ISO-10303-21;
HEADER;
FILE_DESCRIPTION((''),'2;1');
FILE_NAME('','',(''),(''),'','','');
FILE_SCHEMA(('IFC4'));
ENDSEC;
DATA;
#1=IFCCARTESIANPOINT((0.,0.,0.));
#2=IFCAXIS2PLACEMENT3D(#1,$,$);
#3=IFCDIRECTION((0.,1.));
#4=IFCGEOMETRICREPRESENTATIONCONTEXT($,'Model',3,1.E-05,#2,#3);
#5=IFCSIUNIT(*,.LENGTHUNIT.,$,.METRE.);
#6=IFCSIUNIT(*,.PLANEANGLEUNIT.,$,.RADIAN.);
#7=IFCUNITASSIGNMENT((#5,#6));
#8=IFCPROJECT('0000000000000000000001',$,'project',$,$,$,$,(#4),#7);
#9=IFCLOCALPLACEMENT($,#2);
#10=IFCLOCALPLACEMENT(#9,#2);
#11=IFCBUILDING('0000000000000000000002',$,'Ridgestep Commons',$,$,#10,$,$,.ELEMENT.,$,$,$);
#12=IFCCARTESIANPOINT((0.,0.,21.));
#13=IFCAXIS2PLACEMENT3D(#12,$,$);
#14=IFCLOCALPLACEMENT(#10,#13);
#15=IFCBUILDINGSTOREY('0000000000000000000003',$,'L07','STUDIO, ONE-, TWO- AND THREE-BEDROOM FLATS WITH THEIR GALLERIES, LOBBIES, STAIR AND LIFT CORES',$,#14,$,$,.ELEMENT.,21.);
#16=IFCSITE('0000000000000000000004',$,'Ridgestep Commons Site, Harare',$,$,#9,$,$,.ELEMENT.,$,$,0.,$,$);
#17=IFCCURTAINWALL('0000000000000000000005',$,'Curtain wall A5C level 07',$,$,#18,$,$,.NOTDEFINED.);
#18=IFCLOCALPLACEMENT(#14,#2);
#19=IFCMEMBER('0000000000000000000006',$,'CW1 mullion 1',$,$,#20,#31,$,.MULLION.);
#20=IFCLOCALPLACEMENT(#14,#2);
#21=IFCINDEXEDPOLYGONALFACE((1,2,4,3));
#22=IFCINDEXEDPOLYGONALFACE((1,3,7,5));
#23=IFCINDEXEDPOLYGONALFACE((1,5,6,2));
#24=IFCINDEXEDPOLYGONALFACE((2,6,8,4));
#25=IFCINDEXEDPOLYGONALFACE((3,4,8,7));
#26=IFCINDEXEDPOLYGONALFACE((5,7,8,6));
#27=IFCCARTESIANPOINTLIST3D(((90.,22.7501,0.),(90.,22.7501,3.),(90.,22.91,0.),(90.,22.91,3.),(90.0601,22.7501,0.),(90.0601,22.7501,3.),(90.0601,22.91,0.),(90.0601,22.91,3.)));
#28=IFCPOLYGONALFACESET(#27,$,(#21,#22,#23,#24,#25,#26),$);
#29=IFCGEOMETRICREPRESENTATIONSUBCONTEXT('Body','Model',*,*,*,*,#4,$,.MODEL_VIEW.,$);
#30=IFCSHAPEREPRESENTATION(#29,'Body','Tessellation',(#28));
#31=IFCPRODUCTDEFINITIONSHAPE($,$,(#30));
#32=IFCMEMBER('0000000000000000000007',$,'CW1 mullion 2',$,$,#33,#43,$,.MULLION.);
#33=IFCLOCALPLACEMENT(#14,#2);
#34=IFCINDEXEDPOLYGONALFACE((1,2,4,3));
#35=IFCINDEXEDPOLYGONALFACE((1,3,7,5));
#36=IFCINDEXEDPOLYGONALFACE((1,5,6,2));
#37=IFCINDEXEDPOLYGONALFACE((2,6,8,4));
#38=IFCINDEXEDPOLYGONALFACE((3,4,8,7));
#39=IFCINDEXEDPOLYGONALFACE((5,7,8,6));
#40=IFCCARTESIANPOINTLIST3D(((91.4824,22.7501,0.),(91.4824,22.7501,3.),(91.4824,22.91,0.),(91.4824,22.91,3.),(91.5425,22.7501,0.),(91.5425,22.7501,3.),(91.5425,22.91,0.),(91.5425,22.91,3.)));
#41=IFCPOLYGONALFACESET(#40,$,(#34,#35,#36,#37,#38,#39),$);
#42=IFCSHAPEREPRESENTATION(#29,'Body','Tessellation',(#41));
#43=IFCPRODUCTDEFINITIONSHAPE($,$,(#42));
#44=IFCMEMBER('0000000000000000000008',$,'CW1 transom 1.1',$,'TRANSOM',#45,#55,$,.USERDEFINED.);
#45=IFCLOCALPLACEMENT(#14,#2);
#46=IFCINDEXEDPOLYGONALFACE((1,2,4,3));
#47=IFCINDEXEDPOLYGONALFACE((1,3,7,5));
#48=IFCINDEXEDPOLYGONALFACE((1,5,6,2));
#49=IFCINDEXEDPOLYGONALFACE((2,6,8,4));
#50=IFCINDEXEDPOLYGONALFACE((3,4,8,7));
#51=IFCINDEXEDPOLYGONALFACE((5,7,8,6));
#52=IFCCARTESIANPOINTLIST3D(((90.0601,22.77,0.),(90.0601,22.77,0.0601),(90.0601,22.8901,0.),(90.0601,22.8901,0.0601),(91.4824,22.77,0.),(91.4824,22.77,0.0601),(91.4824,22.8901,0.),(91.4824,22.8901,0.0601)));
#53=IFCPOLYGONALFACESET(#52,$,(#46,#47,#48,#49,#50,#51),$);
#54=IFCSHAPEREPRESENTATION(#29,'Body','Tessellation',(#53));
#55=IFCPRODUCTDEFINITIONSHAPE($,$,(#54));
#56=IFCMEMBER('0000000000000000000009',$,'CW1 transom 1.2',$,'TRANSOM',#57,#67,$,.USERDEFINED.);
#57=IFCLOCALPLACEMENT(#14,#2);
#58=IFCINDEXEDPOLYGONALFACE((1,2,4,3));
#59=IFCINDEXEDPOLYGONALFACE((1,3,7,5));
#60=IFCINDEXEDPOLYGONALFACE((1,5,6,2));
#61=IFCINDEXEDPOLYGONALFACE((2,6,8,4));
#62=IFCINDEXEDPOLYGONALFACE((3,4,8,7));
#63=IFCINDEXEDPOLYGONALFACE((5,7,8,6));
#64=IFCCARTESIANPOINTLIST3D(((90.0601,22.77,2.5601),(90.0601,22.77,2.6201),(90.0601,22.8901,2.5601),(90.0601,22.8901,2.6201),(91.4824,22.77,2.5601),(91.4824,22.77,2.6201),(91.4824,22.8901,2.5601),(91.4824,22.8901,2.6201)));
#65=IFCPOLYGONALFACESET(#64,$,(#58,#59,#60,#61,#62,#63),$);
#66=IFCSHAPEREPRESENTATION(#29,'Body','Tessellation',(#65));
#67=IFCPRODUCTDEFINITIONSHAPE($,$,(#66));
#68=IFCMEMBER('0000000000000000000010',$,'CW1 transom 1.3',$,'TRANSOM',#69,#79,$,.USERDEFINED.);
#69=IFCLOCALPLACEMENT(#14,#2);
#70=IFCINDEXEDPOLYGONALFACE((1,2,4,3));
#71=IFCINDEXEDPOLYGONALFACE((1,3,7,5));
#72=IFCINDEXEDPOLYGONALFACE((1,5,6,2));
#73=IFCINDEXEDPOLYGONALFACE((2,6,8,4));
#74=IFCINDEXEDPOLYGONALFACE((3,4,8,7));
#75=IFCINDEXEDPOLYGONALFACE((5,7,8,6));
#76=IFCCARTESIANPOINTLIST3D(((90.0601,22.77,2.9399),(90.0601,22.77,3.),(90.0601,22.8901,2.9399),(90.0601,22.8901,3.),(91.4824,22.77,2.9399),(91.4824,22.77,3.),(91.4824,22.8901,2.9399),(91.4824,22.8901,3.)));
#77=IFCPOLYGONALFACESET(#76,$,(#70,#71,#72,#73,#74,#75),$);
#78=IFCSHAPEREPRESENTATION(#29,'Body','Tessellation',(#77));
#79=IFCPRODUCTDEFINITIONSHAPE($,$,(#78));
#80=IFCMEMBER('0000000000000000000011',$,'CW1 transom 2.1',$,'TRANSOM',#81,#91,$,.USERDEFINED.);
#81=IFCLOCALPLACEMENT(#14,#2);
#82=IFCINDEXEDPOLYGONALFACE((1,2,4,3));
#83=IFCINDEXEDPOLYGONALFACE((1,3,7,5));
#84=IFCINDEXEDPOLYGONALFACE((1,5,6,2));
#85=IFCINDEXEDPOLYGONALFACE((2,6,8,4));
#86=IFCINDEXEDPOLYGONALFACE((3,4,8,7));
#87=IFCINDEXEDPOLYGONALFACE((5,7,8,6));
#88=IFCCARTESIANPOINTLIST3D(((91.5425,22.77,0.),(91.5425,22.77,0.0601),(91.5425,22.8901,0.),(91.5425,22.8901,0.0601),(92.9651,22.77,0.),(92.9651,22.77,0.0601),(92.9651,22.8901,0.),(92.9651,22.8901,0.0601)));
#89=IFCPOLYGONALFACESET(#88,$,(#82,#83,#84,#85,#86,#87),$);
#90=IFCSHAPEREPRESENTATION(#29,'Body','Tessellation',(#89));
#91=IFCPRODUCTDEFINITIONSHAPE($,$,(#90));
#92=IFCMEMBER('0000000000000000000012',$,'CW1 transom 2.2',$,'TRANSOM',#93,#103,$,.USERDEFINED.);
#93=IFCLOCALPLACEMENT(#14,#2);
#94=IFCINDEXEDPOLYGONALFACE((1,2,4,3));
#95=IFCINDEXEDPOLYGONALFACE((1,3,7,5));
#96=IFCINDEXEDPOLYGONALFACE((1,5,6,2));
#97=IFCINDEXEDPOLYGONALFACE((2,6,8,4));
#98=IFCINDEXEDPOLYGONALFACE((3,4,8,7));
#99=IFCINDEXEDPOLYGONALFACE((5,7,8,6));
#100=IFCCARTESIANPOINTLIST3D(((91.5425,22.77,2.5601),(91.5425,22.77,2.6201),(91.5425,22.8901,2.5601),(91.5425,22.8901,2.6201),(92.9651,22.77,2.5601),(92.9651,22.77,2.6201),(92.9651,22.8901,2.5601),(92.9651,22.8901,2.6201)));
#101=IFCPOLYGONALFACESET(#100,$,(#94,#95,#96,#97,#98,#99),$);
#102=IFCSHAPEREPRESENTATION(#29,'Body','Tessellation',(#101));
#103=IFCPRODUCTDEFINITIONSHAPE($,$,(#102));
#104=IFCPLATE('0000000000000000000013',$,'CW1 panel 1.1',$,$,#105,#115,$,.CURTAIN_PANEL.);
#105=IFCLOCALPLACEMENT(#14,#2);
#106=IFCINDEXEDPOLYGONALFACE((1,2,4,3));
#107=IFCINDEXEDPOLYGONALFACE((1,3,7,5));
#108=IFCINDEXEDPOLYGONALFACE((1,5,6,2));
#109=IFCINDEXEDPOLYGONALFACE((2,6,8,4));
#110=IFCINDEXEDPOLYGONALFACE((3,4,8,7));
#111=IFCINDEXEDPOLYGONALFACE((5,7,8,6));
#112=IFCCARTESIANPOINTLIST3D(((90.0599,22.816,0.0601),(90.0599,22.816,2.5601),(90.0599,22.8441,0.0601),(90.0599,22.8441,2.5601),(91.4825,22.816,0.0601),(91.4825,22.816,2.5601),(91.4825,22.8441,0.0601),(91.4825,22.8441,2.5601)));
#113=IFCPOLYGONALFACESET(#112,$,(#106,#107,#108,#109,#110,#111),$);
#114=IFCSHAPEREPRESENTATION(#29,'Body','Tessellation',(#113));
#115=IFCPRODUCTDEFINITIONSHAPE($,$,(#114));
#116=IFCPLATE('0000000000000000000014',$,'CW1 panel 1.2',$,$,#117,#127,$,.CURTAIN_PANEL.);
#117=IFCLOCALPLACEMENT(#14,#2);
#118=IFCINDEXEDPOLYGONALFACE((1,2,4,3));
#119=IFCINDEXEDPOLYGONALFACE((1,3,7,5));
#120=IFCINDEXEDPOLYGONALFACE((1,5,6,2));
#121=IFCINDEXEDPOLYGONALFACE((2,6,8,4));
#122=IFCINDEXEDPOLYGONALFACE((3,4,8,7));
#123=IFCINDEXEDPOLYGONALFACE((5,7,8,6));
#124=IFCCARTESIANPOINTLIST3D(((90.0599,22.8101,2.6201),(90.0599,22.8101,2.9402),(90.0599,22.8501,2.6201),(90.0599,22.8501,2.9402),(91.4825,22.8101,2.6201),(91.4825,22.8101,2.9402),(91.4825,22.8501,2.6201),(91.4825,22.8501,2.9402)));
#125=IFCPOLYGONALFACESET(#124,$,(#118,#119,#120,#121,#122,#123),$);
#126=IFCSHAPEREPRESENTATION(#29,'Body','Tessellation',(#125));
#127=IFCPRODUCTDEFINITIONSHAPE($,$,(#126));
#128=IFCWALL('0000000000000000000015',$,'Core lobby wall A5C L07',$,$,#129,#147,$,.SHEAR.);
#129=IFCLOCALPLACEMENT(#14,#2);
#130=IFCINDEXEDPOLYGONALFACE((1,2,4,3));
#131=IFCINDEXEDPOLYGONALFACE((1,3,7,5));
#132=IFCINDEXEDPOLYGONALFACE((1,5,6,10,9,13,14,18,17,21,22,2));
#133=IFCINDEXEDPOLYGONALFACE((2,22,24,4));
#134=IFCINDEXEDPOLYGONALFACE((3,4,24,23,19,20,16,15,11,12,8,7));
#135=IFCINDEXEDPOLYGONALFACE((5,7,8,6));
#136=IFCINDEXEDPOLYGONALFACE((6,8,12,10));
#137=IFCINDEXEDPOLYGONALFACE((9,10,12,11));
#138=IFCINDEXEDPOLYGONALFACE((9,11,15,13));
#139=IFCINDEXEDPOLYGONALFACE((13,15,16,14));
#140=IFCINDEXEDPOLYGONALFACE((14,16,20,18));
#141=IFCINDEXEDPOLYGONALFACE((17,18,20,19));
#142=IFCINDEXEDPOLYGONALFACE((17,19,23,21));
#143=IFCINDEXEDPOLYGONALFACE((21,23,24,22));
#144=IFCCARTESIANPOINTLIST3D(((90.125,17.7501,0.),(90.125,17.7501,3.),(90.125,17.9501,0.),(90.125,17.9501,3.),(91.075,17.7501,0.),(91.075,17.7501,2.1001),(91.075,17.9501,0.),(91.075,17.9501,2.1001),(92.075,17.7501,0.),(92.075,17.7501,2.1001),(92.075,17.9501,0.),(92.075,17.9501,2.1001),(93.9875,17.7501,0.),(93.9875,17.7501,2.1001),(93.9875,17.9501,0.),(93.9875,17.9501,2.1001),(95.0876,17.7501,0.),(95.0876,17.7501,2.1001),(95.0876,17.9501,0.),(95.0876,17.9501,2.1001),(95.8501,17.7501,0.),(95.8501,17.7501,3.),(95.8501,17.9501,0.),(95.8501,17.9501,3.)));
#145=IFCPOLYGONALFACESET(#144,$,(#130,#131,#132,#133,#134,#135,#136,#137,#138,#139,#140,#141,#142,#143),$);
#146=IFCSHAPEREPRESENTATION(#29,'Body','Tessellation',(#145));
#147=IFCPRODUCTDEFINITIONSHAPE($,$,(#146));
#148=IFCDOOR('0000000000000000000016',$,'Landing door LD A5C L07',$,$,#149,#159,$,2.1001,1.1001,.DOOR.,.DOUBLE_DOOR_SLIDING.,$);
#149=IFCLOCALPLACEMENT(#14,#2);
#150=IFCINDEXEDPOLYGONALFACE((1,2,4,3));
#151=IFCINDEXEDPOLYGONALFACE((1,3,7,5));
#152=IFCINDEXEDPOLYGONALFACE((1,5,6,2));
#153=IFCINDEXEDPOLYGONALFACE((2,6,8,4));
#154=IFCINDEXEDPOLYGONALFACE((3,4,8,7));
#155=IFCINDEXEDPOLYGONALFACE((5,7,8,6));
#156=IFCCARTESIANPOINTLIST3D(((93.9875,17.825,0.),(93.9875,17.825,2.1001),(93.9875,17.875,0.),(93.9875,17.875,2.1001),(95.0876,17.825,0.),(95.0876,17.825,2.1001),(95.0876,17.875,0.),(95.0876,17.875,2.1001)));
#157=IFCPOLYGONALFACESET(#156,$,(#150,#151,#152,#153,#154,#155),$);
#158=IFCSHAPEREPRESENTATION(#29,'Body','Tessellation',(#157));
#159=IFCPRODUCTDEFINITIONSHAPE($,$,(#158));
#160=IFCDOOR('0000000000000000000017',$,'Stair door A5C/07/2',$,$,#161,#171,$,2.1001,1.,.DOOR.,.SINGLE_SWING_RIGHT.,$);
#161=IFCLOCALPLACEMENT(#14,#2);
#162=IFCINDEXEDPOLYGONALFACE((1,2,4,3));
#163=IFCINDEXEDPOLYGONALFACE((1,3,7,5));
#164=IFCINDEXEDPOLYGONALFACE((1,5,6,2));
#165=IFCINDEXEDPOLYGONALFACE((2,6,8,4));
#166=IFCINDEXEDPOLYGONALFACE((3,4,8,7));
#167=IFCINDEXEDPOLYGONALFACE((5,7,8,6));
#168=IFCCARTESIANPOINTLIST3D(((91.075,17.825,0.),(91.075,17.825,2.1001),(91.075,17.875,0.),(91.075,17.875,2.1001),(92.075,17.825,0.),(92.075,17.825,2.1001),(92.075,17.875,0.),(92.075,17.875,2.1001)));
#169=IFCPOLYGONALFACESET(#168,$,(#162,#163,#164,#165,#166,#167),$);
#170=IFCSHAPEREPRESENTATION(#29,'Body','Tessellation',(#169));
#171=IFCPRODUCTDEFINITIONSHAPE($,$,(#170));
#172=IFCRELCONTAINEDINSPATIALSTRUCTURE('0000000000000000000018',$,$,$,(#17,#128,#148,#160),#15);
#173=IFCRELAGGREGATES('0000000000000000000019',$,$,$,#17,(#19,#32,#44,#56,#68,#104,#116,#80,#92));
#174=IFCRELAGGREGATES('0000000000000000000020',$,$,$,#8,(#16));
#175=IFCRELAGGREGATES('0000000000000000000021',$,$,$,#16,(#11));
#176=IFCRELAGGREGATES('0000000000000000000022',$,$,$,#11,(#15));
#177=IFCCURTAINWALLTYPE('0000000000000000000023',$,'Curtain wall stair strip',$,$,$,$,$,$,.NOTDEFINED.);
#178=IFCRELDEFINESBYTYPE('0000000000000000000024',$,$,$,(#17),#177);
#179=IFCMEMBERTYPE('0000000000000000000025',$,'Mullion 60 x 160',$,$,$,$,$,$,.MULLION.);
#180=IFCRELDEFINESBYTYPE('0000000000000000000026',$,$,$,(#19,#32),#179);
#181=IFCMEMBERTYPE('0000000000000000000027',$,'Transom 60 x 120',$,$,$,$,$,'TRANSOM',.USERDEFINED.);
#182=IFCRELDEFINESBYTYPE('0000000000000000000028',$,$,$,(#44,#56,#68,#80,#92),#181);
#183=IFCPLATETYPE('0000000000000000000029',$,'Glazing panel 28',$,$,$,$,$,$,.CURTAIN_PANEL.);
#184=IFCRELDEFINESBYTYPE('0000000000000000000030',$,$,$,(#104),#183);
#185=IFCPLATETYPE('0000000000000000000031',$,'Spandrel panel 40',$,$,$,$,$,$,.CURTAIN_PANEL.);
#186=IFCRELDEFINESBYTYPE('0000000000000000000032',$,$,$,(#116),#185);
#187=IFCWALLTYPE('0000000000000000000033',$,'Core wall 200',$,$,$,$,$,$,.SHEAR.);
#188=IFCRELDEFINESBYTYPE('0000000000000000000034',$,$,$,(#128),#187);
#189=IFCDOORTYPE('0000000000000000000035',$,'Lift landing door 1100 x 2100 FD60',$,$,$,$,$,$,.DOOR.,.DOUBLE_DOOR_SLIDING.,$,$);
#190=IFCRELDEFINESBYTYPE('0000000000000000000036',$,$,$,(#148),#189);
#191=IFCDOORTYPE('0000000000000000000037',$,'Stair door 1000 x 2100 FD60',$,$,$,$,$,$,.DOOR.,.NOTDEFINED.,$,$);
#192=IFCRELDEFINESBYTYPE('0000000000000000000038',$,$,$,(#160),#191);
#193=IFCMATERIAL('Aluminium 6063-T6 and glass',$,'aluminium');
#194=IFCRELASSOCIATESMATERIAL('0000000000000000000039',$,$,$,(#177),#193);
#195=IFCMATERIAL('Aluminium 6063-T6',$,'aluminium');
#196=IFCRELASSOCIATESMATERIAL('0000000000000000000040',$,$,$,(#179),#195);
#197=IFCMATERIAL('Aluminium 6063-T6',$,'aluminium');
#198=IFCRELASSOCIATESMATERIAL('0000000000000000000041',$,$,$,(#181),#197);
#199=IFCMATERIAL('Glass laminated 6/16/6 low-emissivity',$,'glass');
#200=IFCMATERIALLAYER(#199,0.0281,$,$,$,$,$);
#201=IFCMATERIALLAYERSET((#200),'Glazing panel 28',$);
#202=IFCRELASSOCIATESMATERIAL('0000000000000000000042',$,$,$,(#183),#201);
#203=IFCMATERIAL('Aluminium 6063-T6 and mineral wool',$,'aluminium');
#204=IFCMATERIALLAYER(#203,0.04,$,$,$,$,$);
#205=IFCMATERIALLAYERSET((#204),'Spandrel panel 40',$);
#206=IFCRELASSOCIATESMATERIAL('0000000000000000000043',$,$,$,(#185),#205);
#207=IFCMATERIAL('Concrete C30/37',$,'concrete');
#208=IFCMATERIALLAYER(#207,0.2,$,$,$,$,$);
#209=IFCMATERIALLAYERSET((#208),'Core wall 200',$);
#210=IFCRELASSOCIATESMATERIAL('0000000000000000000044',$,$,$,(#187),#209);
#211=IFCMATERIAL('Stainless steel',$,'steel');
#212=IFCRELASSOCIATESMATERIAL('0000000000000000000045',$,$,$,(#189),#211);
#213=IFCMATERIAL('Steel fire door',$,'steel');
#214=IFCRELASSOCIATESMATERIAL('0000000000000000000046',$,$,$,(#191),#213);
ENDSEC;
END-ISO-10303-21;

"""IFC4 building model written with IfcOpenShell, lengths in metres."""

from ifc_helpers import new_model, si_unit, direction, frame, frame_2d, origin, origin_2d, place, context, subcontext, project, spatial, rectangle, extrude, material, layer, layer_set, material_profile, profile_set, type_object, element, fill, aggregate, save


model = new_model("IFC4")

# Units and contexts
model_context = context("Model", 3, precision=1e-05, world=origin(), true_north=direction((0.0, 1.0)))
body_context = subcontext(model_context, "Body", "Model", "MODEL_VIEW")
ifc_project = project(units=[si_unit("LENGTHUNIT", "METRE"), si_unit("PLANEANGLEUNIT", "RADIAN")], contexts=[model_context])

# Site, building, storey
site_placement = place(None, origin())
site = spatial("IfcSite", under=ifc_project, at=site_placement, Name="Ridgestep Commons Site, Harare", CompositionType="ELEMENT", RefElevation=0.0)
building_placement = place(site_placement, origin())
building = spatial("IfcBuilding", under=site, at=building_placement, Name="Ridgestep Commons", CompositionType="ELEMENT")
storey_placement = place(building_placement, frame((0.0, 0.0, 21.0)))
storey = spatial("IfcBuildingStorey", under=building, at=storey_placement, Name="L07", Description="STUDIO, ONE-, TWO- AND THREE-BEDROOM FLATS WITH THEIR GALLERIES, LOBBIES, STAIR AND LIFT CORES", CompositionType="ELEMENT", Elevation=21.0)

# Curtain wall, members, plates
ifc_material_1 = material(Name="Aluminium 6063-T6 and glass", Category="aluminium")
curtain_wall_type = type_object("IfcCurtainWallType", Name="Curtain wall stair strip", PredefinedType="NOTDEFINED", material=ifc_material_1)
curtain_wall_placement = place(storey_placement, origin())
curtain_wall = element("IfcCurtainWall", 1, at=curtain_wall_placement, inside=storey, type_object=curtain_wall_type, Name="Curtain wall A5C level 07", PredefinedType="NOTDEFINED")
ifc_material_2 = material(Name="Aluminium 6063-T6", Category="aluminium")
ifc_material_profile_1 = material_profile(ifc_material_2, rectangle(XDim=0.1599, YDim=0.0601, at=origin_2d()), Name="Mullion 60 x 160")
ifc_profile_set_1 = profile_set([ifc_material_profile_1], Name="Aluminium 6063-T6")
member_type_1 = type_object("IfcMemberType", Name="Mullion 60 x 160", PredefinedType="MULLION", material=ifc_profile_set_1)
member_1_placement = place(storey_placement, frame((90.03, 22.8301, 0.0), z_axis=(0.0, 0.0, 1.0), x_axis=(0.0, 1.0, 0.0)))
member_1 = element("IfcMember", 2, at=member_1_placement, type_object=member_type_1, Name="CW1 mullion 1", PredefinedType="MULLION", context=body_context, shape_type="SweptSolid", body=[
    extrude(rectangle(XDim=0.1599, YDim=0.0601, at=origin_2d()), origin(), (0.0, 0.0, 1.0), 3.0),
])
member_2_placement = place(storey_placement, frame((91.5125, 22.8301, 0.0), z_axis=(0.0, 0.0, 1.0), x_axis=(0.0, 1.0, 0.0)))
member_2 = element("IfcMember", 3, at=member_2_placement, type_object=member_type_1, Name="CW1 mullion 2", PredefinedType="MULLION", context=body_context, shape_type="SweptSolid", body=[
    extrude(rectangle(XDim=0.1599, YDim=0.0601, at=origin_2d()), origin(), (0.0, 0.0, 1.0), 3.0),
])
ifc_material_3 = material(Name="Aluminium 6063-T6", Category="aluminium")
ifc_material_profile_2 = material_profile(ifc_material_3, rectangle(XDim=0.1201, YDim=0.0601, at=origin_2d()), Name="Transom 60 x 120")
ifc_profile_set_2 = profile_set([ifc_material_profile_2], Name="Aluminium 6063-T6")
member_type_2 = type_object("IfcMemberType", Name="Transom 60 x 120", ElementType="TRANSOM", PredefinedType="USERDEFINED", material=ifc_profile_set_2)
member_3_placement = place(storey_placement, frame((90.0601, 22.8301, 0.03), z_axis=(1.0, 0.0, 0.0), x_axis=(0.0, 1.0, 0.0)))
member_3 = element("IfcMember", 4, at=member_3_placement, type_object=member_type_2, Name="CW1 transom 1.1", ObjectType="TRANSOM", PredefinedType="USERDEFINED", context=body_context, shape_type="SweptSolid", body=[
    extrude(rectangle(XDim=0.1201, YDim=0.0601, at=origin_2d()), origin(), (0.0, 0.0, 1.0), 1.4224),
])
member_4_placement = place(storey_placement, frame((90.0601, 22.8301, 2.5901), z_axis=(1.0, 0.0, 0.0), x_axis=(0.0, 1.0, 0.0)))
member_4 = element("IfcMember", 5, at=member_4_placement, type_object=member_type_2, Name="CW1 transom 1.2", ObjectType="TRANSOM", PredefinedType="USERDEFINED", context=body_context, shape_type="SweptSolid", body=[
    extrude(rectangle(XDim=0.1201, YDim=0.0601, at=origin_2d()), origin(), (0.0, 0.0, 1.0), 1.4224),
])
member_5_placement = place(storey_placement, frame((90.0601, 22.8301, 2.97), z_axis=(1.0, 0.0, 0.0), x_axis=(0.0, 1.0, 0.0)))
member_5 = element("IfcMember", 6, at=member_5_placement, type_object=member_type_2, Name="CW1 transom 1.3", ObjectType="TRANSOM", PredefinedType="USERDEFINED", context=body_context, shape_type="SweptSolid", body=[
    extrude(rectangle(XDim=0.1201, YDim=0.0601, at=origin_2d()), origin(), (0.0, 0.0, 1.0), 1.4224),
])
member_6_placement = place(storey_placement, frame((91.5425, 22.8301, 0.03), z_axis=(1.0, 0.0, 0.0), x_axis=(0.0, 1.0, 0.0)))
member_6 = element("IfcMember", 7, at=member_6_placement, type_object=member_type_2, Name="CW1 transom 2.1", ObjectType="TRANSOM", PredefinedType="USERDEFINED", context=body_context, shape_type="SweptSolid", body=[
    extrude(rectangle(XDim=0.1201, YDim=0.0601, at=origin_2d()), origin(), (0.0, 0.0, 1.0), 1.4226),
])
member_7_placement = place(storey_placement, frame((91.5425, 22.8301, 2.5901), z_axis=(1.0, 0.0, 0.0), x_axis=(0.0, 1.0, 0.0)))
member_7 = element("IfcMember", 8, at=member_7_placement, type_object=member_type_2, Name="CW1 transom 2.2", ObjectType="TRANSOM", PredefinedType="USERDEFINED", context=body_context, shape_type="SweptSolid", body=[
    extrude(rectangle(XDim=0.1201, YDim=0.0601, at=origin_2d()), origin(), (0.0, 0.0, 1.0), 1.4226),
])
ifc_material_4 = material(Name="Glass laminated 6/16/6 low-emissivity", Category="glass")
ifc_layer_1 = layer(ifc_material_4, 0.0281)
ifc_layer_set_1 = layer_set([ifc_layer_1], Name="Glazing panel 28")
plate_type_1 = type_object("IfcPlateType", Name="Glazing panel 28", PredefinedType="CURTAIN_PANEL", material=ifc_layer_set_1)
plate_1_placement = place(storey_placement, frame((90.7712, 22.8301, 0.0601), z_axis=(0.0, 0.0, 1.0), x_axis=(1.0, 0.0, 0.0)))
plate_1 = element("IfcPlate", 9, at=plate_1_placement, type_object=plate_type_1, Name="CW1 panel 1.1", PredefinedType="CURTAIN_PANEL", context=body_context, shape_type="SweptSolid", body=[
    extrude(rectangle(XDim=1.4226, YDim=0.0281, at=origin_2d()), origin(), (0.0, 0.0, 1.0), 2.5),
])
ifc_material_5 = material(Name="Aluminium 6063-T6 and mineral wool", Category="aluminium")
ifc_layer_2 = layer(ifc_material_5, 0.04)
ifc_layer_set_2 = layer_set([ifc_layer_2], Name="Spandrel panel 40")
plate_type_2 = type_object("IfcPlateType", Name="Spandrel panel 40", PredefinedType="CURTAIN_PANEL", material=ifc_layer_set_2)
plate_2_placement = place(storey_placement, frame((90.7712, 22.8301, 2.6201), z_axis=(0.0, 0.0, 1.0), x_axis=(1.0, 0.0, 0.0)))
plate_2 = element("IfcPlate", 10, at=plate_2_placement, type_object=plate_type_2, Name="CW1 panel 1.2", PredefinedType="CURTAIN_PANEL", context=body_context, shape_type="SweptSolid", body=[
    extrude(rectangle(XDim=1.4226, YDim=0.04, at=origin_2d()), origin(), (0.0, 0.0, 1.0), 0.3201),
])
aggregate(curtain_wall, [member_1, member_2, member_3, member_4, member_5, plate_1, plate_2, member_6, member_7])

# Wall, openings, doors
ifc_material_6 = material(Name="Concrete C30/37", Category="concrete")
ifc_layer_3 = layer(ifc_material_6, 0.2)
ifc_layer_set_3 = layer_set([ifc_layer_3], Name="Core wall 200")
wall_type_1 = type_object("IfcWallType", Name="Core wall 200", PredefinedType="SHEAR", material=ifc_layer_set_3)
wall_1_placement = place(storey_placement, frame((90.125, 17.8501, 0.0), z_axis=(0.0, 0.0, 1.0), x_axis=(1.0, 0.0, 0.0)))
wall_1 = element("IfcWall", 11, at=wall_1_placement, inside=storey, type_object=wall_type_1, Name="Core lobby wall A5C L07", PredefinedType="SHEAR", context=body_context, shape_type="SweptSolid", body=[
    extrude(rectangle(XDim=5.7251, YDim=0.2, at=frame_2d((2.8625, 0.0))), origin(), (0.0, 0.0, 1.0), 3.0),
])
opening_1_placement = place(wall_1_placement, frame((0.95, 0.0, 0.0)))
opening_1 = element("IfcOpeningElement", 12, at=opening_1_placement, cuts=wall_1, PredefinedType="OPENING", context=body_context, shape_type="SweptSolid", body=[
    extrude(rectangle(XDim=1.0, YDim=2.1001, at=frame_2d((0.5, 1.05))), frame((0.0, 0.1099, 0.0), z_axis=(0.0, -1.0, 0.0), x_axis=(1.0, 0.0, 0.0)), (0.0, 0.0, 1.0), 0.22),
])
opening_2_placement = place(wall_1_placement, frame((3.8625, 0.0, 0.0)))
opening_2 = element("IfcOpeningElement", 13, at=opening_2_placement, cuts=wall_1, PredefinedType="OPENING", context=body_context, shape_type="SweptSolid", body=[
    extrude(rectangle(XDim=1.1001, YDim=2.1001, at=frame_2d((0.55, 1.05))), frame((0.0, 0.1099, 0.0), z_axis=(0.0, -1.0, 0.0), x_axis=(1.0, 0.0, 0.0)), (0.0, 0.0, 1.0), 0.22),
])
ifc_material_7 = material(Name="Stainless steel", Category="steel")
door_type_1 = type_object("IfcDoorType", Name="Lift landing door 1100 x 2100 FD60", OperationType="DOUBLE_DOOR_SLIDING", PredefinedType="DOOR", material=ifc_material_7)
door_1_placement = place(opening_2_placement, origin())
door_1 = element("IfcDoor", 14, at=door_1_placement, inside=storey, type_object=door_type_1, Name="Landing door LD A5C L07", OperationType="DOUBLE_DOOR_SLIDING", OverallHeight=2.1001, OverallWidth=1.1001, PredefinedType="DOOR", context=body_context, shape_type="SweptSolid", body=[
    extrude(rectangle(XDim=1.1001, YDim=2.1001, at=frame_2d((0.55, 1.05))), frame((0.0, 0.0249, 0.0), z_axis=(0.0, -1.0, 0.0), x_axis=(1.0, 0.0, 0.0)), (0.0, 0.0, 1.0), 0.05),
])
fill(opening_2, door_1)
ifc_material_8 = material(Name="Steel fire door", Category="steel")
door_type_2 = type_object("IfcDoorType", Name="Stair door 1000 x 2100 FD60", OperationType="NOTDEFINED", PredefinedType="DOOR", material=ifc_material_8)
door_2_placement = place(opening_1_placement, origin())
door_2 = element("IfcDoor", 15, at=door_2_placement, inside=storey, type_object=door_type_2, Name="Stair door A5C/07/2", OperationType="SINGLE_SWING_RIGHT", OverallHeight=2.1001, OverallWidth=1.0, PredefinedType="DOOR", context=body_context, shape_type="SweptSolid", body=[
    extrude(rectangle(XDim=1.0, YDim=2.1001, at=frame_2d((0.5, 1.05))), frame((0.0, 0.0249, 0.0), z_axis=(0.0, -1.0, 0.0), x_axis=(1.0, 0.0, 0.0)), (0.0, 0.0, 1.0), 0.05),
])
fill(opening_1, door_2)

save(model, "model.ifc")
